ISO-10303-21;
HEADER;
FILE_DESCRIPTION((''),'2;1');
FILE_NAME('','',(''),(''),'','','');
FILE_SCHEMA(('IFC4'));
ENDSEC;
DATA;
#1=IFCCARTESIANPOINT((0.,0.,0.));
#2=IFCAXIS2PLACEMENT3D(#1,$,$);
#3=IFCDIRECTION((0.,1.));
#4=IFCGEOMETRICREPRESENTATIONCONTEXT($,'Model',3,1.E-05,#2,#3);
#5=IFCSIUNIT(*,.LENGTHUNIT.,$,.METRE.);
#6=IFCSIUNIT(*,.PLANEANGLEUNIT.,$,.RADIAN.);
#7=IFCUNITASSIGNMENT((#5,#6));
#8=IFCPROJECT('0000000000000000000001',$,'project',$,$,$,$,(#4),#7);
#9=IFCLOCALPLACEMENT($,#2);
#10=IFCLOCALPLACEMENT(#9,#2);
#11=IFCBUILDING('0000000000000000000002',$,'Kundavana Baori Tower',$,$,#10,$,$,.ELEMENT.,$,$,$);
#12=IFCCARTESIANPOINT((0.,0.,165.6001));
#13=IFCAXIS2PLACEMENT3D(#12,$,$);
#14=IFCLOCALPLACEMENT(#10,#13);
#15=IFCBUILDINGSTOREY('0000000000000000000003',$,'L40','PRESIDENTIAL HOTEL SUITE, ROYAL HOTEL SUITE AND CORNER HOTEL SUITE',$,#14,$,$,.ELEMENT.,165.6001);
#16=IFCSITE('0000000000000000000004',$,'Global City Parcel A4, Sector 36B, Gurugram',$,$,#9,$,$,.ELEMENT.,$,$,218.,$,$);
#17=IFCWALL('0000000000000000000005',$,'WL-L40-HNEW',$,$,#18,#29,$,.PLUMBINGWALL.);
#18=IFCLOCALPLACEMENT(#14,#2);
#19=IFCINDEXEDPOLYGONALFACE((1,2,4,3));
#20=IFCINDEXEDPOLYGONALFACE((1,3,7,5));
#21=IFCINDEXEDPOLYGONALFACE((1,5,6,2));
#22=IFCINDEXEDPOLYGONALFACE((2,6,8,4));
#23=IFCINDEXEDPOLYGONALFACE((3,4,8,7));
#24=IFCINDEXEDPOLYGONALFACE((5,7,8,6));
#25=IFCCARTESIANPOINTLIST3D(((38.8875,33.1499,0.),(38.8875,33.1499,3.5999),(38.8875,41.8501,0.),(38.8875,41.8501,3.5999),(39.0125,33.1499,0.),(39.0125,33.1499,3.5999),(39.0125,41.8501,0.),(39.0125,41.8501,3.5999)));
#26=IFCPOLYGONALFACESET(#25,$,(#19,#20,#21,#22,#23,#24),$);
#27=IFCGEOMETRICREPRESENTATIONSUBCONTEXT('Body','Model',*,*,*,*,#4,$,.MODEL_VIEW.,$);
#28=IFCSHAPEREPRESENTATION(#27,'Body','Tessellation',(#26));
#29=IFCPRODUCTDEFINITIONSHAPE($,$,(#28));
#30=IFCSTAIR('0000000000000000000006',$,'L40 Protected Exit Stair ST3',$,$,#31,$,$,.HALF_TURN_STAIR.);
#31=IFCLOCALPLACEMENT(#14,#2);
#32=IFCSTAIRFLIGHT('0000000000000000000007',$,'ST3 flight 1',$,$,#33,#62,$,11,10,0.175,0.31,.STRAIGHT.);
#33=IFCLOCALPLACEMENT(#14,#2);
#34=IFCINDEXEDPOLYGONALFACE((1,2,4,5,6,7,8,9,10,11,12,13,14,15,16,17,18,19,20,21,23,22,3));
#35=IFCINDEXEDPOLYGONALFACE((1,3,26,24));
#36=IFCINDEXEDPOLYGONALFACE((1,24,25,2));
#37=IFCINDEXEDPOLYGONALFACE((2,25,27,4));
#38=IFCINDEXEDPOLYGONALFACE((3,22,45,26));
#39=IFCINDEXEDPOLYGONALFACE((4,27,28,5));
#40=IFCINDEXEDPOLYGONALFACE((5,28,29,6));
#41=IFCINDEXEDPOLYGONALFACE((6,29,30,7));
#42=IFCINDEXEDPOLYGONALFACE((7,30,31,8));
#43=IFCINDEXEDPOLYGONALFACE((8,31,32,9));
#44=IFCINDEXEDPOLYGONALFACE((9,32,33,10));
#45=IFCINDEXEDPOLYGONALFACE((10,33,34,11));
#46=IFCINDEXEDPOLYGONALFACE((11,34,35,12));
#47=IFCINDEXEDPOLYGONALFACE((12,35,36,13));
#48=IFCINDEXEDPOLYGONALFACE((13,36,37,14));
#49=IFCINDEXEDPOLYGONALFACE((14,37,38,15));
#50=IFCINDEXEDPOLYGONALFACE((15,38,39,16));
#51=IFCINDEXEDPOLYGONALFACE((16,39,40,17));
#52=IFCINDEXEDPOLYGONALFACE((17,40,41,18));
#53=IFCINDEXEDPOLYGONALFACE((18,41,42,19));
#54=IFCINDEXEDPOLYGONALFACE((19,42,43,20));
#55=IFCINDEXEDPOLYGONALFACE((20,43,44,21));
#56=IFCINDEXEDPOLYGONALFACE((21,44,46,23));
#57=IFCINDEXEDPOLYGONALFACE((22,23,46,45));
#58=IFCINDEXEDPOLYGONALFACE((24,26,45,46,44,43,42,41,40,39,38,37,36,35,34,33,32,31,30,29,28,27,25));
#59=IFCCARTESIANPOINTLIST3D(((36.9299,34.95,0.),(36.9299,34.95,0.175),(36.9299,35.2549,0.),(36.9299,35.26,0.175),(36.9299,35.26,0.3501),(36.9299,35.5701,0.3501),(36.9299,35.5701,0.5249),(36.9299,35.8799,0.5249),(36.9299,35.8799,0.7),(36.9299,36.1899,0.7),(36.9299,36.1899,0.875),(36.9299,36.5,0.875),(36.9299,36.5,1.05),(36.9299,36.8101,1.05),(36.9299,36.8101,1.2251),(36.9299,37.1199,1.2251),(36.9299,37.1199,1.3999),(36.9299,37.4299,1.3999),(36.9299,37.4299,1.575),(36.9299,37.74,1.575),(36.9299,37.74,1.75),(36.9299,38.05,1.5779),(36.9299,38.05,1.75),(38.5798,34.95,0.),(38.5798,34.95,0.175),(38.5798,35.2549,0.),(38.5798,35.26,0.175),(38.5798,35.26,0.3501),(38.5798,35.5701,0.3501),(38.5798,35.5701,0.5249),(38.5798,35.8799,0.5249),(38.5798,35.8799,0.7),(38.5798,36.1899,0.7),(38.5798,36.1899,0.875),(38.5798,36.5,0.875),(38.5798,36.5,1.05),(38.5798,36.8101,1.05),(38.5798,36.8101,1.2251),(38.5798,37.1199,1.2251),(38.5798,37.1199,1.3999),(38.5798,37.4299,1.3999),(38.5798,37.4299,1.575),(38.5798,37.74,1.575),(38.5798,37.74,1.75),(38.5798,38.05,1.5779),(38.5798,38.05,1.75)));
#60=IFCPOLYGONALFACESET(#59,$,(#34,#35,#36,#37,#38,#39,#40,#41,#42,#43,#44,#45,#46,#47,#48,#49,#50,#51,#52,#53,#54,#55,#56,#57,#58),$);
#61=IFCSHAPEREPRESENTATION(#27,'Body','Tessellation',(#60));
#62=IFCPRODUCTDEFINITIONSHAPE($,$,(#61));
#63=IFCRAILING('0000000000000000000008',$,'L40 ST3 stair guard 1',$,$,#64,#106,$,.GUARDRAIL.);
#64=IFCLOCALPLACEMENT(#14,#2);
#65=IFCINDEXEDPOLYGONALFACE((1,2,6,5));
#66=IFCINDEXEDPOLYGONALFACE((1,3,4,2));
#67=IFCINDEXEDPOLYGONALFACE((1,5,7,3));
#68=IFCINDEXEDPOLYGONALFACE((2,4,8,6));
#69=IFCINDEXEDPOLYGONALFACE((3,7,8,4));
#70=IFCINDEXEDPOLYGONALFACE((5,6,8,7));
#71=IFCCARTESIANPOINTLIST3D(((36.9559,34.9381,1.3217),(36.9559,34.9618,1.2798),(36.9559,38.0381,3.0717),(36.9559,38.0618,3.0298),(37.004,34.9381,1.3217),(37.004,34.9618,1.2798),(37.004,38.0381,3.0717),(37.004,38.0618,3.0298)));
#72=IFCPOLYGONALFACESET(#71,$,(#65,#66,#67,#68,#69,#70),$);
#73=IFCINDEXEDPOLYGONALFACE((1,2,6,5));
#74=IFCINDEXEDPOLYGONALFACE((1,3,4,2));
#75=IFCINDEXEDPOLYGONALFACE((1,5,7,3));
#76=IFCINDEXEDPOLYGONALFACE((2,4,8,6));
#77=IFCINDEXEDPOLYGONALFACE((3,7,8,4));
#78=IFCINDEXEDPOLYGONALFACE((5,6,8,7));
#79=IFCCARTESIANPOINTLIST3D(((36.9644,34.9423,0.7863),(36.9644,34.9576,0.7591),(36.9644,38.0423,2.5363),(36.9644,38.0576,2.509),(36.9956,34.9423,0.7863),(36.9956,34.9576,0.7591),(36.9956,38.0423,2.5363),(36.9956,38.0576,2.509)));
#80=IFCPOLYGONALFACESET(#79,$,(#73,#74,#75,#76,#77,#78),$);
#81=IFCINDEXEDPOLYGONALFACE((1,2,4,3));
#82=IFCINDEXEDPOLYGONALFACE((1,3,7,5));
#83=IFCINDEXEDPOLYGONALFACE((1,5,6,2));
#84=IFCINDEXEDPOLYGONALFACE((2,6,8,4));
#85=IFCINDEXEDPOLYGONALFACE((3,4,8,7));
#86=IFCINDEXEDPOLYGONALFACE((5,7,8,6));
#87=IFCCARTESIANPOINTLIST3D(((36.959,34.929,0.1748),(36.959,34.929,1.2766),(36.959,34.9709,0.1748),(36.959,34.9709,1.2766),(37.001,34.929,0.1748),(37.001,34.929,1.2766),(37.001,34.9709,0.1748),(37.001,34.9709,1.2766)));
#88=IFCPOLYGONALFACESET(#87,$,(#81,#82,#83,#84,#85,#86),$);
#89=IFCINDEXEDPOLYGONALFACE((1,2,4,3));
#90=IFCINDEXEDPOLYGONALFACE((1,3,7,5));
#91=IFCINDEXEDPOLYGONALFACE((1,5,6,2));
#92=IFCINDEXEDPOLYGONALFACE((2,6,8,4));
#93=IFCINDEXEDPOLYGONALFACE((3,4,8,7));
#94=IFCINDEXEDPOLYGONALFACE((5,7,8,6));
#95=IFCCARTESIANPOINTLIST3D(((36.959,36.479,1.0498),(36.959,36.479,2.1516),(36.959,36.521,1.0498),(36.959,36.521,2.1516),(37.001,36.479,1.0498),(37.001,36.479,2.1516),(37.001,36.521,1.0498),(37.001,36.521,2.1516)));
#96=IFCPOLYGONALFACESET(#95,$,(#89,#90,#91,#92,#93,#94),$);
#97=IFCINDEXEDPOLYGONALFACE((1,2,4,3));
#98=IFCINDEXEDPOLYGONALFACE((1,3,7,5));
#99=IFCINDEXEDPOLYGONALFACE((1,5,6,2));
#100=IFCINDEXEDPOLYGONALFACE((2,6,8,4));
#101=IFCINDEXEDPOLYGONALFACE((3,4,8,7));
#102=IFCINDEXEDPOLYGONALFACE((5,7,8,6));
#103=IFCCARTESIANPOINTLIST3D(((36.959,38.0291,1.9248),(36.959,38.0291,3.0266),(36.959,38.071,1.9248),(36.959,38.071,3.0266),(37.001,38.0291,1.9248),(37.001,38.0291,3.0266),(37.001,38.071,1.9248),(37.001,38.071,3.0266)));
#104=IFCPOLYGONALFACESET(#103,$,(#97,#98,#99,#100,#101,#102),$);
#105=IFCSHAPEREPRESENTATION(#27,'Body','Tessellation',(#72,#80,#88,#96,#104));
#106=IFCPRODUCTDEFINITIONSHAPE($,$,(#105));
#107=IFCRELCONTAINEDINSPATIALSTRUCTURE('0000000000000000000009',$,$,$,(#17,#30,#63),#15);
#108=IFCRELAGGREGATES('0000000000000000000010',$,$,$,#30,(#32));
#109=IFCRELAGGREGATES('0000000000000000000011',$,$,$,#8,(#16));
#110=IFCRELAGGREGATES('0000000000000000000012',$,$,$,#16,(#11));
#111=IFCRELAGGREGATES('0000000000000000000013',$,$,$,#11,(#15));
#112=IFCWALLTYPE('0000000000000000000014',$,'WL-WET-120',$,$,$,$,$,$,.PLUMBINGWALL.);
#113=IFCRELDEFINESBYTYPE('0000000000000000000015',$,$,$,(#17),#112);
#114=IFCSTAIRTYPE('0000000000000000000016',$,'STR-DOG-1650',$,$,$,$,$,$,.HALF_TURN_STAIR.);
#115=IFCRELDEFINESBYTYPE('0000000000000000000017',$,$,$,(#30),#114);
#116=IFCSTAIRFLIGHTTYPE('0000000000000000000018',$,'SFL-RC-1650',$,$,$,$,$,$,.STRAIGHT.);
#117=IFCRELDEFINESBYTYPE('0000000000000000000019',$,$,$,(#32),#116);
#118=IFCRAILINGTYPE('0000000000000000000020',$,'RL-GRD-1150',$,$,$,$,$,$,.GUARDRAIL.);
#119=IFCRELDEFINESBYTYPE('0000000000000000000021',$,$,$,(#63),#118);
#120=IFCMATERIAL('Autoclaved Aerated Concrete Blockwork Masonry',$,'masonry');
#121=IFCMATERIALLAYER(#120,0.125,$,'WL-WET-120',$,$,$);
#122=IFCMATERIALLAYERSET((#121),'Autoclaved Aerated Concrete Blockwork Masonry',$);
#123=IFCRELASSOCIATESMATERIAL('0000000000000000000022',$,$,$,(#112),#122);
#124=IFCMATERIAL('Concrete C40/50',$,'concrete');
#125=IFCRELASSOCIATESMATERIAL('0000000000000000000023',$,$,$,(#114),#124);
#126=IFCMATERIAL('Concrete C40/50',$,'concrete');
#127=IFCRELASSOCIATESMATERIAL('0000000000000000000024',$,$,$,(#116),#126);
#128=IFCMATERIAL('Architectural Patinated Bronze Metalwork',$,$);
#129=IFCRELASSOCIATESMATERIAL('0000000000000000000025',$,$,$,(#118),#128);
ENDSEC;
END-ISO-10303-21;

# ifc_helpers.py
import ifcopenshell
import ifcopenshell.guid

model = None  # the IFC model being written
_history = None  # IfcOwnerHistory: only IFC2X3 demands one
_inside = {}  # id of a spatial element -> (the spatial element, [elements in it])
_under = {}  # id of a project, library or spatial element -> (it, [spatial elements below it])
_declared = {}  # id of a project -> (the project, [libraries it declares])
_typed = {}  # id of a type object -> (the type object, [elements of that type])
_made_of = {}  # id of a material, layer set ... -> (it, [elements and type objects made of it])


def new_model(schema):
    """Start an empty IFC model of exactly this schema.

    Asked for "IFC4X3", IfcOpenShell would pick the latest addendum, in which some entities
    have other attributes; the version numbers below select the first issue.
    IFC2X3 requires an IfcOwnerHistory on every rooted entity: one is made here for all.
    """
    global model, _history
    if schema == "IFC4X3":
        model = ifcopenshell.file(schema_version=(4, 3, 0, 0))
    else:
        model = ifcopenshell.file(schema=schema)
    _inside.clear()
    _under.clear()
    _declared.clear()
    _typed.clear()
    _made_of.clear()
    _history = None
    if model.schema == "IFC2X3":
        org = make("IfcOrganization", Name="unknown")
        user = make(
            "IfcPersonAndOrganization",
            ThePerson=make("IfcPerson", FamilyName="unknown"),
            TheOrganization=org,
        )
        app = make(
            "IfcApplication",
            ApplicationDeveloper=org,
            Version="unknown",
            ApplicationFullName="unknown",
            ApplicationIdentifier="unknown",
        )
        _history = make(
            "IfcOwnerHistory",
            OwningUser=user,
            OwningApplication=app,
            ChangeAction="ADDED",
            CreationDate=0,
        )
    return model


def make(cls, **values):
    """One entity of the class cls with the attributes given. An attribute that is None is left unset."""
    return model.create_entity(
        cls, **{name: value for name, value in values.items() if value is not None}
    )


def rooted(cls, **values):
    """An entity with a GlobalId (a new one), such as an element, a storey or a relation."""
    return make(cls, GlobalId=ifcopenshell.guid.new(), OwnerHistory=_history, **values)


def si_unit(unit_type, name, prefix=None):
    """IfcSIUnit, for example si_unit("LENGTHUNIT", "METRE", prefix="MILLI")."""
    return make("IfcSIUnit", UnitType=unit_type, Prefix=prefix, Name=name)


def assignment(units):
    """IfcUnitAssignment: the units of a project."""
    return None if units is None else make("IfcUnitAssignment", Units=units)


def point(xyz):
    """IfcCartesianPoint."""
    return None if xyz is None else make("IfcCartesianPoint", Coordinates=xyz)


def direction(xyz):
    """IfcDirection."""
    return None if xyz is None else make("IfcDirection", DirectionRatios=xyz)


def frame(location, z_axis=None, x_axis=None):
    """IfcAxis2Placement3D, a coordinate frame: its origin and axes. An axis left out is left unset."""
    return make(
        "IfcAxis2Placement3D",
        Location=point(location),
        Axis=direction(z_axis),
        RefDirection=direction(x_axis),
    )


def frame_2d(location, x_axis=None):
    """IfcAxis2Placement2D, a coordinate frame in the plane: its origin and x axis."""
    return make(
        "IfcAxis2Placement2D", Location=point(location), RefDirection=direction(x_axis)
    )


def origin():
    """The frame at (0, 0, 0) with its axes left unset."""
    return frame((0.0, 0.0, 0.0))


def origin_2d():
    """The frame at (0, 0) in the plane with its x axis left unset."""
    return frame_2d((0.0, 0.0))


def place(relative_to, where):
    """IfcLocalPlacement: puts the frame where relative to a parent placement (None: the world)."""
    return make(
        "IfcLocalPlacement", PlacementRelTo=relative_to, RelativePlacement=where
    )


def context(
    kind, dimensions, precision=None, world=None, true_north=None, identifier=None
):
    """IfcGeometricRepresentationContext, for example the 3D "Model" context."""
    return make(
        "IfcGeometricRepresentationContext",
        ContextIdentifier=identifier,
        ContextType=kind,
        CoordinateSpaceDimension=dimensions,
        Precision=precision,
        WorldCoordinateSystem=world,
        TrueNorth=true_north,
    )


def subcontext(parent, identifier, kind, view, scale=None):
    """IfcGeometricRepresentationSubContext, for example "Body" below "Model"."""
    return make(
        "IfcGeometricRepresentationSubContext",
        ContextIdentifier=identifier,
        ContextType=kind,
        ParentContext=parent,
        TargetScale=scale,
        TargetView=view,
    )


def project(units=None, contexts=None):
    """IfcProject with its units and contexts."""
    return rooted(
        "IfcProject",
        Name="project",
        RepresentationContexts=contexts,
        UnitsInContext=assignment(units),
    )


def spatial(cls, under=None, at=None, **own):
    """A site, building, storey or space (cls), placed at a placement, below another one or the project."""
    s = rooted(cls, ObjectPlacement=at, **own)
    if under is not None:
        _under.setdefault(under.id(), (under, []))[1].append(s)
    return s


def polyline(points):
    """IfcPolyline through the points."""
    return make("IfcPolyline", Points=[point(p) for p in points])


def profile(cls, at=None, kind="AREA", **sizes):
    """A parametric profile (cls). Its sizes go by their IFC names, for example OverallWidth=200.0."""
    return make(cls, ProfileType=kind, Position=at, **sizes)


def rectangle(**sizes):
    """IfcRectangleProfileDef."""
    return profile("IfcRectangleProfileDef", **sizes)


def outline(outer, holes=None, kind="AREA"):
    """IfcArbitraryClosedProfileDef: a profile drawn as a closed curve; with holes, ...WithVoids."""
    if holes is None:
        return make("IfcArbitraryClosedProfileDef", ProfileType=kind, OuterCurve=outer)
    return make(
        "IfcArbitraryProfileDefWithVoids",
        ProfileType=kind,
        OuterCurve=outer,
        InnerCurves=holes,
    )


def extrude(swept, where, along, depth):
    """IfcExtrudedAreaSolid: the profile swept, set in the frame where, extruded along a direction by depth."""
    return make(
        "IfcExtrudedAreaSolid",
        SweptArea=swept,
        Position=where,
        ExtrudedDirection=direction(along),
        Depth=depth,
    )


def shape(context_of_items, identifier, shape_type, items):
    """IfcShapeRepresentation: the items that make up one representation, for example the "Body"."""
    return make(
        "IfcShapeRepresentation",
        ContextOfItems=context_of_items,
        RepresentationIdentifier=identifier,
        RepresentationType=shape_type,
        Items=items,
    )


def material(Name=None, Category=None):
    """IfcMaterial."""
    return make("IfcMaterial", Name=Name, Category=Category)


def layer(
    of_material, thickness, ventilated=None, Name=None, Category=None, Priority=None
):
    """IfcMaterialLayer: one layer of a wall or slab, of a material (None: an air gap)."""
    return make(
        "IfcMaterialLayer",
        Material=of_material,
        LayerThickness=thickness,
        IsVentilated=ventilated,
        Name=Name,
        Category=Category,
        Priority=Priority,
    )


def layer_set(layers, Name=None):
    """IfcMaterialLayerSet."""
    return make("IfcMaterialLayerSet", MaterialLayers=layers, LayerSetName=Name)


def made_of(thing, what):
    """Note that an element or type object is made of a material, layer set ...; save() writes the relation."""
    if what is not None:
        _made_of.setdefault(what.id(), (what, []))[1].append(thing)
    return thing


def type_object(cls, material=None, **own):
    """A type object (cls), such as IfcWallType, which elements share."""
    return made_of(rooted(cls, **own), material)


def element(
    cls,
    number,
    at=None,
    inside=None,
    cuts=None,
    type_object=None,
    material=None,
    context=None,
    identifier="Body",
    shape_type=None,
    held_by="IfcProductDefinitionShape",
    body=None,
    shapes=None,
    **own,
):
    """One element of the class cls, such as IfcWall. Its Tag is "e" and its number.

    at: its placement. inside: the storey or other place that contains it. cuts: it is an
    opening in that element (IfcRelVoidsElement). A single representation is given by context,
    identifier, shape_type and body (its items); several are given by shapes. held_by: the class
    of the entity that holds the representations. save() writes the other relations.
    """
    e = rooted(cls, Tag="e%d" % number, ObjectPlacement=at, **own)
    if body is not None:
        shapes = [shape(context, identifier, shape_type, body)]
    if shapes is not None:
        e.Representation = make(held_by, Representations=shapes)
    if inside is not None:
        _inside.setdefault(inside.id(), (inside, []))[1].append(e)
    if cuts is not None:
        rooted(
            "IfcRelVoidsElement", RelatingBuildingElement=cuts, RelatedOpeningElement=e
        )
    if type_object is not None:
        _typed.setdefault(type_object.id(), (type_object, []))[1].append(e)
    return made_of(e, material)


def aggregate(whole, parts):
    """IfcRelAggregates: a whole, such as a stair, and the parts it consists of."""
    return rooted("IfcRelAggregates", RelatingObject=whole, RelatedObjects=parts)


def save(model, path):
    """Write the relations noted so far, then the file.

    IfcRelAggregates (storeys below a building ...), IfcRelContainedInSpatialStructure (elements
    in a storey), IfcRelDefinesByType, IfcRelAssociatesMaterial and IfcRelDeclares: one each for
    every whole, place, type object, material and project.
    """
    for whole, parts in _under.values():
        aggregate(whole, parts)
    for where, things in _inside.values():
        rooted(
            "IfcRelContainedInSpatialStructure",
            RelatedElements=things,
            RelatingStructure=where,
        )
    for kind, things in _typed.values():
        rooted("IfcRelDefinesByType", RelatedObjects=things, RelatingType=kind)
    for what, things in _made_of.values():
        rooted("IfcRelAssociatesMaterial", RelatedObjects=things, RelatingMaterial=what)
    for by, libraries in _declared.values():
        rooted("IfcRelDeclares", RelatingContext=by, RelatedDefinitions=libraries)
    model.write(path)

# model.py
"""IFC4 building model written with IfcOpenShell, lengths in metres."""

from ifc_helpers import new_model, si_unit, direction, frame, frame_2d, origin, origin_2d, place, context, subcontext, project, spatial, polyline, rectangle, outline, extrude, material, layer, layer_set, type_object, element, aggregate, save


model = new_model("IFC4")

# Units and contexts
model_context = context("Model", 3, precision=1e-05, world=origin(), true_north=direction((0.0, 1.0)))
body_context = subcontext(model_context, "Body", "Model", "MODEL_VIEW")
ifc_project = project(units=[si_unit("LENGTHUNIT", "METRE"), si_unit("PLANEANGLEUNIT", "RADIAN")], contexts=[model_context])

# Site, building, storey
site_placement = place(None, origin())
site = spatial("IfcSite", under=ifc_project, at=site_placement, Name="Global City Parcel A4, Sector 36B, Gurugram", CompositionType="ELEMENT", RefElevation=218.0)
building_placement = place(site_placement, origin())
building = spatial("IfcBuilding", under=site, at=building_placement, Name="Kundavana Baori Tower", CompositionType="ELEMENT")
storey_placement = place(building_placement, frame((0.0, 0.0, 165.6001)))
storey = spatial("IfcBuildingStorey", under=building, at=storey_placement, Name="L40", Description="PRESIDENTIAL HOTEL SUITE, ROYAL HOTEL SUITE AND CORNER HOTEL SUITE", CompositionType="ELEMENT", Elevation=165.6001)

# Shared definitions
ifc_material_1 = material(Name="Autoclaved Aerated Concrete Blockwork Masonry", Category="masonry")
ifc_layer_1 = layer(ifc_material_1, 0.125, Name="WL-WET-120")
ifc_layer_set_1 = layer_set([ifc_layer_1], Name="Autoclaved Aerated Concrete Blockwork Masonry")
wall_type_1 = type_object("IfcWallType", Name="WL-WET-120", PredefinedType="PLUMBINGWALL", material=ifc_layer_set_1)

# Wall
wall_1_placement = place(storey_placement, frame((38.95, 33.1499, 0.0), z_axis=(0.0, 0.0, 1.0), x_axis=(0.0, 1.0, 0.0)))
element("IfcWall", 1, at=wall_1_placement, inside=storey, type_object=wall_type_1, Name="WL-L40-HNEW", PredefinedType="PLUMBINGWALL", context=body_context, shape_type="SweptSolid", body=[
    extrude(rectangle(XDim=8.7002, YDim=0.125, at=frame_2d((4.3501, 0.0))), origin(), (0.0, 0.0, 1.0), 3.5999),
])

# Stair, stair flight
ifc_material_2 = material(Name="Concrete C40/50", Category="concrete")
stair_type = type_object("IfcStairType", Name="STR-DOG-1650", PredefinedType="HALF_TURN_STAIR", material=ifc_material_2)
stair_placement = place(storey_placement, origin())
stair = element("IfcStair", 2, at=stair_placement, inside=storey, type_object=stair_type, Name="L40 Protected Exit Stair ST3", PredefinedType="HALF_TURN_STAIR")
ifc_material_3 = material(Name="Concrete C40/50", Category="concrete")
stair_flight_type = type_object("IfcStairFlightType", Name="SFL-RC-1650", PredefinedType="STRAIGHT", material=ifc_material_3)
stair_flight_placement = place(storey_placement, frame((37.7549, 34.95, 0.0), z_axis=(0.0, 0.0, 1.0), x_axis=(0.0, 1.0, 0.0)))
stair_flight = element("IfcStairFlight", 3, at=stair_flight_placement, type_object=stair_flight_type, Name="ST3 flight 1", NumberOfRisers=11, NumberOfTreads=10, PredefinedType="STRAIGHT", RiserHeight=0.175, TreadLength=0.31, context=body_context, shape_type="SweptSolid", body=[
    extrude(outline(polyline([(0.0, 0.0), (0.0, 0.175), (0.3101, 0.175), (0.3101, 0.3501), (0.6201, 0.3501), (0.6201, 0.5249), (0.9299, 0.5249), (0.9299, 0.7), (1.24, 0.7), (1.24, 0.875), (1.55, 0.875), (1.55, 1.05), (1.8601, 1.05), (1.8601, 1.2251), (2.1699, 1.2251), (2.1699, 1.3999), (2.48, 1.3999), (2.48, 1.575), (2.79, 1.575), (2.79, 1.75), (3.1001, 1.75), (3.1001, 1.925), (3.1001, 1.5779), (0.3049, 0.0), (0.0, 0.0)])), frame((0.0, 0.825, 0.0), z_axis=(0.0, -1.0, 0.0), x_axis=(1.0, 0.0, 0.0)), (0.0, 0.0, 1.0), 1.6499),
])
aggregate(stair, [stair_flight])

# Railing
ifc_material_4 = material(Name="Architectural Patinated Bronze Metalwork")
railing_type = type_object("IfcRailingType", Name="RL-GRD-1150", PredefinedType="GUARDRAIL", material=ifc_material_4)
railing_placement = place(storey_placement, frame((36.98, 34.95, 0.1748)))
element("IfcRailing", 4, at=railing_placement, inside=storey, type_object=railing_type, Name="L40 ST3 stair guard 1", PredefinedType="GUARDRAIL", context=body_context, shape_type="SweptSolid", body=[
    extrude(rectangle(XDim=0.0481, YDim=0.0481, at=origin_2d()), frame((0.0, 0.0, 1.126), z_axis=(0.0, 0.870831, 0.491583), x_axis=(-1.0, 0.0, 0.0)), (0.0, 0.0, 1.0), 3.5598),
    extrude(rectangle(XDim=0.0312, YDim=0.0312, at=origin_2d()), frame((0.0, 0.0, 0.5979), z_axis=(0.0, 0.870831, 0.491583), x_axis=(-1.0, 0.0, 0.0)), (0.0, 0.0, 1.0), 3.5598),
    extrude(rectangle(XDim=0.042, YDim=0.042, at=origin_2d()), origin(), (0.0, 0.0, 1.0), 1.1018),
    extrude(rectangle(XDim=0.042, YDim=0.042, at=origin_2d()), frame((0.0, 1.55, 0.875)), (0.0, 0.0, 1.0), 1.1018),
    extrude(rectangle(XDim=0.042, YDim=0.042, at=origin_2d()), frame((0.0, 3.1001, 1.75)), (0.0, 0.0, 1.0), 1.1018),
])

save(model, "model.ifc")
